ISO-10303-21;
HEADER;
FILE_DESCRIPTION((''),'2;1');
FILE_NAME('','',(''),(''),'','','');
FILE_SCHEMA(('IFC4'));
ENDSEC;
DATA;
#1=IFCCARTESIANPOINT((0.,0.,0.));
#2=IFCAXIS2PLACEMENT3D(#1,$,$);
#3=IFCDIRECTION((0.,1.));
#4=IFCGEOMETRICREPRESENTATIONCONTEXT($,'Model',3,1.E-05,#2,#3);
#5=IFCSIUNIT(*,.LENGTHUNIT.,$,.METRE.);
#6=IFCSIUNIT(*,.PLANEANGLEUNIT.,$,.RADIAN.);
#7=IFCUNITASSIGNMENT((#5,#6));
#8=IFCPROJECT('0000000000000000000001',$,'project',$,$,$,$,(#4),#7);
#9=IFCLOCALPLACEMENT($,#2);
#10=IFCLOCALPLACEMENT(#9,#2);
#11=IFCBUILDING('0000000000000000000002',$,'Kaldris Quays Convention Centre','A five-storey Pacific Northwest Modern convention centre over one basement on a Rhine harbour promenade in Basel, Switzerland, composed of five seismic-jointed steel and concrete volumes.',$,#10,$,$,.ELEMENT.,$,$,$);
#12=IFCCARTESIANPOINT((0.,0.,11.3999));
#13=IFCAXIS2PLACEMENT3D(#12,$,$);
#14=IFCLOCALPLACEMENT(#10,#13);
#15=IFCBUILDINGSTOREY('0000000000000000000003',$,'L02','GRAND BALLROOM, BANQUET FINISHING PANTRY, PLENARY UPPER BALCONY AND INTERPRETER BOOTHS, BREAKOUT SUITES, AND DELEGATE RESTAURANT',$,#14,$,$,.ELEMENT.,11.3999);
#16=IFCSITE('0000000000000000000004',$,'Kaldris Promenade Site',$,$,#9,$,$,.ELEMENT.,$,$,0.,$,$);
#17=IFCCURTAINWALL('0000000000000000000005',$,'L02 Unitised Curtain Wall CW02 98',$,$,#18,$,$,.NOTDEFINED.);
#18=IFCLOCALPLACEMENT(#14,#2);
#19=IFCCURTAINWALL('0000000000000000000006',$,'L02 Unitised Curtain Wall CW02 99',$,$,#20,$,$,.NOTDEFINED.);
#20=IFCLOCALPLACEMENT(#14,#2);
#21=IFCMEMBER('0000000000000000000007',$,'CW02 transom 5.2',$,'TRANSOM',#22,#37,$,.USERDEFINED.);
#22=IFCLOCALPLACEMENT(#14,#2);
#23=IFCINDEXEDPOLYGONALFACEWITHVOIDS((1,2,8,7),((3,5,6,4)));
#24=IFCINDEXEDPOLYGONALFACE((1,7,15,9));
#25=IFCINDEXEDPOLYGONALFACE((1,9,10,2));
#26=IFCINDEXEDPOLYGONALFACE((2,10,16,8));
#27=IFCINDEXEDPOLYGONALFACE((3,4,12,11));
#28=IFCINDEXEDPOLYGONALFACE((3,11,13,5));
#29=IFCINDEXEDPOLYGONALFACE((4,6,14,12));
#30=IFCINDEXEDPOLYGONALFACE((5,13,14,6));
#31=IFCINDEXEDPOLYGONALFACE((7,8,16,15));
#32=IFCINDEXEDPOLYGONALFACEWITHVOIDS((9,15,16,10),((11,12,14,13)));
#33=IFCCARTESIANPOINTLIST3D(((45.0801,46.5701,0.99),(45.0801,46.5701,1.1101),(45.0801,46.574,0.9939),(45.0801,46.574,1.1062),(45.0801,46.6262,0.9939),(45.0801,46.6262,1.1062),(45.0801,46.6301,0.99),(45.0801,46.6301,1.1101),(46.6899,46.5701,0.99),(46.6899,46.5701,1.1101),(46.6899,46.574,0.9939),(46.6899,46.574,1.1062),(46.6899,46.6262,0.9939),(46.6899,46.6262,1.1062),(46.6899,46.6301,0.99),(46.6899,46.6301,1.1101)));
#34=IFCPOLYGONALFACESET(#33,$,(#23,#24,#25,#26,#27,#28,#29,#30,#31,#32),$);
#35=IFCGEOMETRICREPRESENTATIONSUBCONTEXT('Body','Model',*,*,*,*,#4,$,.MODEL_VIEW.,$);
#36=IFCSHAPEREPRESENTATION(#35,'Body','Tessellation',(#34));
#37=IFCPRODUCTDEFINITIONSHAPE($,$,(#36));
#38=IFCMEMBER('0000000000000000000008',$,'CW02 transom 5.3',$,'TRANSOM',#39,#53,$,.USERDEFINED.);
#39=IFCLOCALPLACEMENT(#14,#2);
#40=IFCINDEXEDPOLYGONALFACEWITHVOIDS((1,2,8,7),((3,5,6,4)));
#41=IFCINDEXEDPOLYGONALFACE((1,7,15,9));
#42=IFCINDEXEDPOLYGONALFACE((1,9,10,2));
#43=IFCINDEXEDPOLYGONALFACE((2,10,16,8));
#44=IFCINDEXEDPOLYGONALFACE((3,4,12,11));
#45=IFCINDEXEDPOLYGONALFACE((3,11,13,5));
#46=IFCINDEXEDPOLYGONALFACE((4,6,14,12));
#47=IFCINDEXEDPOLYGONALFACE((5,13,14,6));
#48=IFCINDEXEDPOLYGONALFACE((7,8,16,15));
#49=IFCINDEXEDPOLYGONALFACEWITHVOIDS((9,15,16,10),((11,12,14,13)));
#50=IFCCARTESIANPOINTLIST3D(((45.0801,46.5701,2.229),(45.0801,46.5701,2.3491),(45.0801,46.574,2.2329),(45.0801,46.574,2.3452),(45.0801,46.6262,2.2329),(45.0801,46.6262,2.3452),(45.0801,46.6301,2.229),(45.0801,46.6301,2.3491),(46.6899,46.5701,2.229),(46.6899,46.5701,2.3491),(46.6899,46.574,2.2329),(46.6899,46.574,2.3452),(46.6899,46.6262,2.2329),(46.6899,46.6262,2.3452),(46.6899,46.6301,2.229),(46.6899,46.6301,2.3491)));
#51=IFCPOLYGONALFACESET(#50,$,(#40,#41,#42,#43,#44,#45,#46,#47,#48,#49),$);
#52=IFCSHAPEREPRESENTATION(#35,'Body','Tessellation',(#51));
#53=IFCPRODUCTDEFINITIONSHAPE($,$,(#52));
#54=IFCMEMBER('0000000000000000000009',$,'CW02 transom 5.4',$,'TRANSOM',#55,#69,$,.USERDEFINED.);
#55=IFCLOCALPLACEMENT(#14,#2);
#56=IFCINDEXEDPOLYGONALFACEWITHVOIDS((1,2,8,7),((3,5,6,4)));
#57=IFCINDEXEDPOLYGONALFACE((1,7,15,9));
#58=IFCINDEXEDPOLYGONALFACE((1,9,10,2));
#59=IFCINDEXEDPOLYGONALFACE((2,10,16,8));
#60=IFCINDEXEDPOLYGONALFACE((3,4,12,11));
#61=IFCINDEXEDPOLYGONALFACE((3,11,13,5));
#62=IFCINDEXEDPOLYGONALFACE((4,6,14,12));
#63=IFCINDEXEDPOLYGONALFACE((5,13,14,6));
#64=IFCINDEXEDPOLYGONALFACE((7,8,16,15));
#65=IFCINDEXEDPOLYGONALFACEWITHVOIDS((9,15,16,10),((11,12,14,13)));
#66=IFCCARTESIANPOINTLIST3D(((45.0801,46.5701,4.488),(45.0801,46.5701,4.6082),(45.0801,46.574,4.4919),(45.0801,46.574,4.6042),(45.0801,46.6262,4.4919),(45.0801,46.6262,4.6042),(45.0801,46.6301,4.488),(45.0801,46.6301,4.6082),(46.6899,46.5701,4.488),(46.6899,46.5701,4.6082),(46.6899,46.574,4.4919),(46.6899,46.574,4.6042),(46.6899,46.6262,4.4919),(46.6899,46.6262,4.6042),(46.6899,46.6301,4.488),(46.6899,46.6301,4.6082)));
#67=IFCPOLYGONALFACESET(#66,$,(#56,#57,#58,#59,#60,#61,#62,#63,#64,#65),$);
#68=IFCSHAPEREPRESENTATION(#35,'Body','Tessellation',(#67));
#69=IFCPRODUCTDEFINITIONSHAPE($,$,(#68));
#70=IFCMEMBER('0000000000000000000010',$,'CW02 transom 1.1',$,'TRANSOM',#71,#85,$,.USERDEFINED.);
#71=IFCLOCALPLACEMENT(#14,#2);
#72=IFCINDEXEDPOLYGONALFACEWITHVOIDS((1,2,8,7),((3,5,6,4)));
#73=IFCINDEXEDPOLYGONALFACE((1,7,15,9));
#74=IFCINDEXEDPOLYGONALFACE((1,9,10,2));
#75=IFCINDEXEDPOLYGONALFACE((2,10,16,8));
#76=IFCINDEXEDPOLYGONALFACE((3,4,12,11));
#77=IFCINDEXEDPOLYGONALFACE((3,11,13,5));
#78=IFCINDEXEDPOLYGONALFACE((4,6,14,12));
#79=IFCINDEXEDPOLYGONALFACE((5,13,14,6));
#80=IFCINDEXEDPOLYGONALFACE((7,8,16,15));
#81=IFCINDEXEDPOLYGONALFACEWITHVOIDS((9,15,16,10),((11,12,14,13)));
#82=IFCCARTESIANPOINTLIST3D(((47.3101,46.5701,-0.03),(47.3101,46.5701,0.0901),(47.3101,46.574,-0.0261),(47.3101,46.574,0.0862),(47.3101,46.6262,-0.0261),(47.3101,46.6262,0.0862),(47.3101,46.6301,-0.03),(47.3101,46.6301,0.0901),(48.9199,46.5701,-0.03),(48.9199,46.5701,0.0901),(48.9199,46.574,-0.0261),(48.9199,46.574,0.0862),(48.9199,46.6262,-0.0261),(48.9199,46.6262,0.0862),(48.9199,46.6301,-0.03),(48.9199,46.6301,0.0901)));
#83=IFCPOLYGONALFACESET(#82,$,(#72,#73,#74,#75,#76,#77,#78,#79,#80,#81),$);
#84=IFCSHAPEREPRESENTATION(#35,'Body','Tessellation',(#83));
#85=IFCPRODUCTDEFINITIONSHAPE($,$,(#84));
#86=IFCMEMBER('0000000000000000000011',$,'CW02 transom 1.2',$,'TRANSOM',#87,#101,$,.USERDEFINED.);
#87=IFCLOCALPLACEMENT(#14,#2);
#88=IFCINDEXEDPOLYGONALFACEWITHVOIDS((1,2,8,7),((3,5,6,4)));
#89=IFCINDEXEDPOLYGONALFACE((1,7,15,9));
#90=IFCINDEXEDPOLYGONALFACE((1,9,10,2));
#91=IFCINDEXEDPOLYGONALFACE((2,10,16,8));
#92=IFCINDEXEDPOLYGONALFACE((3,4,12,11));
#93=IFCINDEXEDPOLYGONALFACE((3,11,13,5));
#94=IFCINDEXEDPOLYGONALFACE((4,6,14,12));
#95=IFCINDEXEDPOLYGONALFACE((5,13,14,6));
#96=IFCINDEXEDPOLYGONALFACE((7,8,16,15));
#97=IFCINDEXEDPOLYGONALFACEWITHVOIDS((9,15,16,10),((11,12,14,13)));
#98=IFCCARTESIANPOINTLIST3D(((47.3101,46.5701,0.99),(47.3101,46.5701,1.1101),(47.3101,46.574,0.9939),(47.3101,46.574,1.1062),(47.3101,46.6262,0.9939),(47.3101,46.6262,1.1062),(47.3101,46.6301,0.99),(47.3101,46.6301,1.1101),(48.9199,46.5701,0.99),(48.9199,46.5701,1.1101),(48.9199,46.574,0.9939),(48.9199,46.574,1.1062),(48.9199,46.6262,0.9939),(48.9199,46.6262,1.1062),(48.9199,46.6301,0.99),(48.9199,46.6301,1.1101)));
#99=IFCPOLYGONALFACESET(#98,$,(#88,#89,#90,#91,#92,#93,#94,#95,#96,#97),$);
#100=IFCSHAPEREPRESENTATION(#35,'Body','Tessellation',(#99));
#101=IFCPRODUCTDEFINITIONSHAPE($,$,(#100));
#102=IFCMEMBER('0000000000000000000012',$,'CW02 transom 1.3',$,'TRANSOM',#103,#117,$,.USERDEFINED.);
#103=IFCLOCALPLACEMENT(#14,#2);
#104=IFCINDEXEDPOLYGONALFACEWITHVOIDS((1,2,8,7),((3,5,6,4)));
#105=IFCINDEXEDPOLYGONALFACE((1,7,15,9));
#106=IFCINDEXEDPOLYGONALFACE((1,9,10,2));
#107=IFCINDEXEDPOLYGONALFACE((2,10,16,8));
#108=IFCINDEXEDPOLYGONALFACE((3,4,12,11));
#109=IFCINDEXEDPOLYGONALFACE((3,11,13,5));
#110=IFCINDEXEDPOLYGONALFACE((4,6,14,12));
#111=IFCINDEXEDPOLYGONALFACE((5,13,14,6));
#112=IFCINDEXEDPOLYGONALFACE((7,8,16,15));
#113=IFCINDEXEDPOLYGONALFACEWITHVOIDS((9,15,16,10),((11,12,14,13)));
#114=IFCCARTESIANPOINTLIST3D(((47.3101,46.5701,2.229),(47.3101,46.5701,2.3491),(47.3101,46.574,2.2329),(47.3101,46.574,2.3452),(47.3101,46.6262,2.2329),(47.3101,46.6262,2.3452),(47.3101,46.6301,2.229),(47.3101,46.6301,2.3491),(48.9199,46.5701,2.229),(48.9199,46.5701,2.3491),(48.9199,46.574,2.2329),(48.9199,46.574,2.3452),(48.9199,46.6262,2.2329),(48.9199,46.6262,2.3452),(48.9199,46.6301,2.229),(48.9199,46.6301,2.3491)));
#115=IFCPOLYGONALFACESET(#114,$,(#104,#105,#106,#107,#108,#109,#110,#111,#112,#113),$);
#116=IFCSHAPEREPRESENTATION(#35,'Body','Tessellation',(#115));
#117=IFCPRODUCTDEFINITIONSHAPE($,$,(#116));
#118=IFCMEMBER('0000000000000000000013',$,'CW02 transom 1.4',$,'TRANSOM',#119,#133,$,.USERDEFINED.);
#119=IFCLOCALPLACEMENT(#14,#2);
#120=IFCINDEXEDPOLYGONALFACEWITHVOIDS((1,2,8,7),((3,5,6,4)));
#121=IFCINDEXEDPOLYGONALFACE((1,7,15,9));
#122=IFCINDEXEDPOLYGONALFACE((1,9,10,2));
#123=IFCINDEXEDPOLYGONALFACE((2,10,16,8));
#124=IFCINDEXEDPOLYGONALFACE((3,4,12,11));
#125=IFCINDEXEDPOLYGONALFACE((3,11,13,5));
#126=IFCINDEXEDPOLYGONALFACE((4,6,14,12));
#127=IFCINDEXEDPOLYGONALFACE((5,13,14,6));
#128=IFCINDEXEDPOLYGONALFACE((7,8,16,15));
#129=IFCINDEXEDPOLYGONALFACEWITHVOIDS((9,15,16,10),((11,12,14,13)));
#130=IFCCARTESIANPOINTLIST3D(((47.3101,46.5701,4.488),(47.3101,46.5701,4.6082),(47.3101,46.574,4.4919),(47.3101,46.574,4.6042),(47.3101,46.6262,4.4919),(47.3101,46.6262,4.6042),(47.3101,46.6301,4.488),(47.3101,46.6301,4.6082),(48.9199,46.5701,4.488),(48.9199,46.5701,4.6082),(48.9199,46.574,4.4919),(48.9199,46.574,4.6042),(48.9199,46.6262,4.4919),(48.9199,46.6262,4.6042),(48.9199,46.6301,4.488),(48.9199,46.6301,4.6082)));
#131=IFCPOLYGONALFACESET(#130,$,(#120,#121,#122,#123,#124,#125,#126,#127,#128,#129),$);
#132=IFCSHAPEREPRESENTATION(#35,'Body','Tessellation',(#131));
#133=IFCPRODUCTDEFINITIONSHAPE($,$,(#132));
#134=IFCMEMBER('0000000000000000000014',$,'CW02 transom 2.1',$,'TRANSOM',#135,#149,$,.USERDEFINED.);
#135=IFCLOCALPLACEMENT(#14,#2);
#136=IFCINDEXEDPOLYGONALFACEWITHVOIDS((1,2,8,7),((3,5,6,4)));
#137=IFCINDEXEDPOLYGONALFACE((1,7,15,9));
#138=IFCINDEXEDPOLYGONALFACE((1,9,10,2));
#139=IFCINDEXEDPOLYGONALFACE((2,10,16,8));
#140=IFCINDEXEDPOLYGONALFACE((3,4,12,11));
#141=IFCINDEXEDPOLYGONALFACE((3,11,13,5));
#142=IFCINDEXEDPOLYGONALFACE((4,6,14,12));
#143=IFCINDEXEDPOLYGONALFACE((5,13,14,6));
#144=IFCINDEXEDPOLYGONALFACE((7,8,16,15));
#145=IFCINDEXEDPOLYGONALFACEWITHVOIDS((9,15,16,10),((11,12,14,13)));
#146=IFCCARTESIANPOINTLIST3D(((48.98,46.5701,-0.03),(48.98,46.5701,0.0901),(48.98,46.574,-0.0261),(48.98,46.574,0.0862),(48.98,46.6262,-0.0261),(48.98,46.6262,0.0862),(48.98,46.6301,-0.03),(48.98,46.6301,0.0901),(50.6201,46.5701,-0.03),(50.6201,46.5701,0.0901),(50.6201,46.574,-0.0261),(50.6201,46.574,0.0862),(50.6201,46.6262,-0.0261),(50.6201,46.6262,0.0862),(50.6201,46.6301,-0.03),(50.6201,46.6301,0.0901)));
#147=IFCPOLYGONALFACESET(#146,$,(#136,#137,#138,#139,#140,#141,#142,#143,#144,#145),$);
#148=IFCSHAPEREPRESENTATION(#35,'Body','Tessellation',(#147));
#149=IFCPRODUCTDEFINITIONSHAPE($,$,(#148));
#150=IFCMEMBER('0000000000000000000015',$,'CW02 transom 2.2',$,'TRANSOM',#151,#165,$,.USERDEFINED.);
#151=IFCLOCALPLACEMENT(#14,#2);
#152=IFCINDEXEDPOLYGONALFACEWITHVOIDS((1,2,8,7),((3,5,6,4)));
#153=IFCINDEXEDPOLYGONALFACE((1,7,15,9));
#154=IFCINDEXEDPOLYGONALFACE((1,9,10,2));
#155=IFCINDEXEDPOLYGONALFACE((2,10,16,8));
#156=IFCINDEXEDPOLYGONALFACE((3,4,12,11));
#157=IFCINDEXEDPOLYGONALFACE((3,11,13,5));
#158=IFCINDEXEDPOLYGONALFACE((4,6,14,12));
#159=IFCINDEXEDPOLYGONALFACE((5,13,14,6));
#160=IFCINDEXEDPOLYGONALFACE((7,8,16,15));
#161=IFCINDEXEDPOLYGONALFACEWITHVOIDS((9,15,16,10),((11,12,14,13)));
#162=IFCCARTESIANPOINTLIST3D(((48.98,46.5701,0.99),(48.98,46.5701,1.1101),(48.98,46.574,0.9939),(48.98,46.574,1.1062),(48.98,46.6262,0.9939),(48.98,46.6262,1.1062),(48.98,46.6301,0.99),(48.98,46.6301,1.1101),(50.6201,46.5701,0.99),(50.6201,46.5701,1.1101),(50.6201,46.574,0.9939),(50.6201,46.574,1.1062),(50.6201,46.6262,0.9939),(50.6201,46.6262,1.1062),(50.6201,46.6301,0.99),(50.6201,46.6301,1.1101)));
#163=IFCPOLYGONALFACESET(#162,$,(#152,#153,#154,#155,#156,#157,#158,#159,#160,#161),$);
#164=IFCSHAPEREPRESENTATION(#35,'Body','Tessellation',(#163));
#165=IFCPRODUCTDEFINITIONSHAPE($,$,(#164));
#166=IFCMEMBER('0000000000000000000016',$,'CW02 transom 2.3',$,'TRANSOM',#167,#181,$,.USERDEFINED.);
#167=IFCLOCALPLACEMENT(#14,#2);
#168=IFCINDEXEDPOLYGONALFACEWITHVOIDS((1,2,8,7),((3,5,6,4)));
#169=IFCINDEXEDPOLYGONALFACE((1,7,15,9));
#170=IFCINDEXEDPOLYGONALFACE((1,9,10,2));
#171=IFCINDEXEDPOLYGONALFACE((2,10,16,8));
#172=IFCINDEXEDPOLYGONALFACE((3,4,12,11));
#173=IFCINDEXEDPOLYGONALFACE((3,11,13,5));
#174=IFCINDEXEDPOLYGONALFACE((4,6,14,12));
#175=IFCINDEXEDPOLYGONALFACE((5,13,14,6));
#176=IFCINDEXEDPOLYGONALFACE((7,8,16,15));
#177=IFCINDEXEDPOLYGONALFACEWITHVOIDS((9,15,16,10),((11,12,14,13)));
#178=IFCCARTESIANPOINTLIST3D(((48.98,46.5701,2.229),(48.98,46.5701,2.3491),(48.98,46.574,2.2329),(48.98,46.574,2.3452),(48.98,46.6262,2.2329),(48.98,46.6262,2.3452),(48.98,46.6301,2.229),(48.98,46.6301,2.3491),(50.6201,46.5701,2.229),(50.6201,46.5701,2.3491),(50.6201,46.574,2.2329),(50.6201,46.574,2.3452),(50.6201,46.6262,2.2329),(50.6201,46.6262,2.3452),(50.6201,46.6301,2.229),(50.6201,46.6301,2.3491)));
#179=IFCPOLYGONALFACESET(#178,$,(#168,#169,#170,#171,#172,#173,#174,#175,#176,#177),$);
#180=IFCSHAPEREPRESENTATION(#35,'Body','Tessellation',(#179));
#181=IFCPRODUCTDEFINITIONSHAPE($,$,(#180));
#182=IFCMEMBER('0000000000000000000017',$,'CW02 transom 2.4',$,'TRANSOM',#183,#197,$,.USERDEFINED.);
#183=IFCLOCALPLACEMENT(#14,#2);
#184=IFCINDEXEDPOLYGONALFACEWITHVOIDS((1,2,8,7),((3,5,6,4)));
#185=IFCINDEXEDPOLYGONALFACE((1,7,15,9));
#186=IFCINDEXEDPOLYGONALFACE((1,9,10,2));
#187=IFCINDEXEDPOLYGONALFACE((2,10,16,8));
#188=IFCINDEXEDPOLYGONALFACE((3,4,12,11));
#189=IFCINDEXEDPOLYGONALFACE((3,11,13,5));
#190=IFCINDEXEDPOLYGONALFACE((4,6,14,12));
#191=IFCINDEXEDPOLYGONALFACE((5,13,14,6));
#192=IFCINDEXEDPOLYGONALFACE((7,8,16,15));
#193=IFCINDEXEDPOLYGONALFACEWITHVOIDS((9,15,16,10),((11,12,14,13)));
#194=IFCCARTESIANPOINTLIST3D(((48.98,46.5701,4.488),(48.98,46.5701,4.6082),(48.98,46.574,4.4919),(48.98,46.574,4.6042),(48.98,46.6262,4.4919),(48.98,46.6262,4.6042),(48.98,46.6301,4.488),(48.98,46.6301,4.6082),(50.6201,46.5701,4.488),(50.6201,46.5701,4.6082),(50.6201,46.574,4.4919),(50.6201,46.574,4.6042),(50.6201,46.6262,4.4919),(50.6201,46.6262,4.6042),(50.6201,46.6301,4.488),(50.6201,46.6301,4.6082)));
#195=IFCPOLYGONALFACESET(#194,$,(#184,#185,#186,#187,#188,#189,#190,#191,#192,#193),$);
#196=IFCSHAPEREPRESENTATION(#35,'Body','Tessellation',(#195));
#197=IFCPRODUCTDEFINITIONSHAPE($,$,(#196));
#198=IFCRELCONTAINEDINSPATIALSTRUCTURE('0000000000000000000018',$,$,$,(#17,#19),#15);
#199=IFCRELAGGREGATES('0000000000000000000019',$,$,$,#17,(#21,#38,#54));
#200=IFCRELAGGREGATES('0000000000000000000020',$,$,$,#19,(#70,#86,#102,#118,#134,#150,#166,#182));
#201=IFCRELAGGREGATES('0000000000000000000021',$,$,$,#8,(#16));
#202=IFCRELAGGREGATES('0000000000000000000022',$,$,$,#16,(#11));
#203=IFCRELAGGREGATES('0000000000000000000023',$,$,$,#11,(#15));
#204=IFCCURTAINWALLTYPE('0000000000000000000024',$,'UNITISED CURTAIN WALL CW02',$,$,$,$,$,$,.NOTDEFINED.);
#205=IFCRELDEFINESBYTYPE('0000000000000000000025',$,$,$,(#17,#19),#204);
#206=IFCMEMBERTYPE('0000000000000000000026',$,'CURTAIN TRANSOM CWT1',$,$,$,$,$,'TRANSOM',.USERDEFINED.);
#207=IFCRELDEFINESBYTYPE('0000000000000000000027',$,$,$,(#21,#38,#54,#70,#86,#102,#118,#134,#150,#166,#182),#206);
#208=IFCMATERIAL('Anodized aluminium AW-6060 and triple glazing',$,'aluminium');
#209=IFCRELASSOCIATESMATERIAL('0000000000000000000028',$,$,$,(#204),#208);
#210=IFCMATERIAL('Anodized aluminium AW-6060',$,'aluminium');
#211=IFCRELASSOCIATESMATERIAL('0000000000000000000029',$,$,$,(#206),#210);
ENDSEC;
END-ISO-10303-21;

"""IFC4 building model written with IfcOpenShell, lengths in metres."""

from ifc_helpers import new_model, si_unit, direction, frame, origin, origin_2d, place, context, subcontext, project, spatial, hollow_rectangle, extrude, material, material_profile, profile_set, type_object, element, aggregate, save


model = new_model("IFC4")

# Units and contexts
model_context = context("Model", 3, precision=1e-05, world=origin(), true_north=direction((0.0, 1.0)))
body_context = subcontext(model_context, "Body", "Model", "MODEL_VIEW")
ifc_project = project(units=[si_unit("LENGTHUNIT", "METRE"), si_unit("PLANEANGLEUNIT", "RADIAN")], contexts=[model_context])

# Site, building, storey
site_placement = place(None, origin())
site = spatial("IfcSite", under=ifc_project, at=site_placement, Name="Kaldris Promenade Site", CompositionType="ELEMENT", RefElevation=0.0)
building_placement = place(site_placement, origin())
building = spatial("IfcBuilding", under=site, at=building_placement, Name="Kaldris Quays Convention Centre", Description="A five-storey Pacific Northwest Modern convention centre over one basement on a Rhine harbour promenade in Basel, Switzerland, composed of five seismic-jointed steel and concrete volumes.", CompositionType="ELEMENT")
storey_placement = place(building_placement, frame((0.0, 0.0, 11.3999)))
storey = spatial("IfcBuildingStorey", under=building, at=storey_placement, Name="L02", Description="GRAND BALLROOM, BANQUET FINISHING PANTRY, PLENARY UPPER BALCONY AND INTERPRETER BOOTHS, BREAKOUT SUITES, AND DELEGATE RESTAURANT", CompositionType="ELEMENT", Elevation=11.3999)

# Curtain wall
ifc_material_1 = material(Name="Anodized aluminium AW-6060 and triple glazing", Category="aluminium")
curtain_wall_type = type_object("IfcCurtainWallType", Name="UNITISED CURTAIN WALL CW02", PredefinedType="NOTDEFINED", material=ifc_material_1)
curtain_wall_1_placement = place(storey_placement, origin())
curtain_wall_1 = element("IfcCurtainWall", 1, at=curtain_wall_1_placement, inside=storey, type_object=curtain_wall_type, Name="L02 Unitised Curtain Wall CW02 98", PredefinedType="NOTDEFINED")
ifc_material_2 = material(Name="Anodized aluminium AW-6060", Category="aluminium")

# Curtain wall
curtain_wall_2_placement = place(storey_placement, origin())
curtain_wall_2 = element("IfcCurtainWall", 2, at=curtain_wall_2_placement, inside=storey, type_object=curtain_wall_type, Name="L02 Unitised Curtain Wall CW02 99", PredefinedType="NOTDEFINED")

# Members
ifc_material_profile_1 = material_profile(ifc_material_2, hollow_rectangle(XDim=0.0601, YDim=0.1201, WallThickness=0.0039, at=origin_2d()), Name="RHS 120x60x4")
ifc_profile_set_1 = profile_set([ifc_material_profile_1], Name="Anodized aluminium AW-6060")
member_type_1 = type_object("IfcMemberType", Name="CURTAIN TRANSOM CWT1", ElementType="TRANSOM", PredefinedType="USERDEFINED", material=ifc_profile_set_1)
member_1_placement = place(storey_placement, frame((45.0801, 46.6001, 1.05), z_axis=(1.0, 0.0, 0.0), x_axis=(0.0, 1.0, 0.0)))
member_1 = element("IfcMember", 3, at=member_1_placement, type_object=member_type_1, Name="CW02 transom 5.2", ObjectType="TRANSOM", PredefinedType="USERDEFINED", context=body_context, shape_type="SweptSolid", body=[
    extrude(hollow_rectangle(XDim=0.0601, YDim=0.1201, WallThickness=0.0039, at=origin_2d()), origin(), (0.0, 0.0, 1.0), 1.6099),
])
member_2_placement = place(storey_placement, frame((45.0801, 46.6001, 2.2891), z_axis=(1.0, 0.0, 0.0), x_axis=(0.0, 1.0, 0.0)))
member_2 = element("IfcMember", 4, at=member_2_placement, type_object=member_type_1, Name="CW02 transom 5.3", ObjectType="TRANSOM", PredefinedType="USERDEFINED", context=body_context, shape_type="SweptSolid", body=[
    extrude(hollow_rectangle(XDim=0.0601, YDim=0.1201, WallThickness=0.0039, at=origin_2d()), origin(), (0.0, 0.0, 1.0), 1.6099),
])
member_3_placement = place(storey_placement, frame((45.0801, 46.6001, 4.5481), z_axis=(1.0, 0.0, 0.0), x_axis=(0.0, 1.0, 0.0)))
member_3 = element("IfcMember", 5, at=member_3_placement, type_object=member_type_1, Name="CW02 transom 5.4", ObjectType="TRANSOM", PredefinedType="USERDEFINED", context=body_context, shape_type="SweptSolid", body=[
    extrude(hollow_rectangle(XDim=0.0601, YDim=0.1201, WallThickness=0.0039, at=origin_2d()), origin(), (0.0, 0.0, 1.0), 1.6099),
])
member_4_placement = place(storey_placement, frame((47.3101, 46.6001, 0.03), z_axis=(1.0, 0.0, 0.0), x_axis=(0.0, 1.0, 0.0)))
member_4 = element("IfcMember", 6, at=member_4_placement, type_object=member_type_1, Name="CW02 transom 1.1", ObjectType="TRANSOM", PredefinedType="USERDEFINED", context=body_context, shape_type="SweptSolid", body=[
    extrude(hollow_rectangle(XDim=0.0601, YDim=0.1201, WallThickness=0.0039, at=origin_2d()), origin(), (0.0, 0.0, 1.0), 1.6099),
])
member_5_placement = place(storey_placement, frame((47.3101, 46.6001, 1.05), z_axis=(1.0, 0.0, 0.0), x_axis=(0.0, 1.0, 0.0)))
member_5 = element("IfcMember", 7, at=member_5_placement, type_object=member_type_1, Name="CW02 transom 1.2", ObjectType="TRANSOM", PredefinedType="USERDEFINED", context=body_context, shape_type="SweptSolid", body=[
    extrude(hollow_rectangle(XDim=0.0601, YDim=0.1201, WallThickness=0.0039, at=origin_2d()), origin(), (0.0, 0.0, 1.0), 1.6099),
])
member_6_placement = place(storey_placement, frame((47.3101, 46.6001, 2.2891), z_axis=(1.0, 0.0, 0.0), x_axis=(0.0, 1.0, 0.0)))
member_6 = element("IfcMember", 8, at=member_6_placement, type_object=member_type_1, Name="CW02 transom 1.3", ObjectType="TRANSOM", PredefinedType="USERDEFINED", context=body_context, shape_type="SweptSolid", body=[
    extrude(hollow_rectangle(XDim=0.0601, YDim=0.1201, WallThickness=0.0039, at=origin_2d()), origin(), (0.0, 0.0, 1.0), 1.6099),
])
member_7_placement = place(storey_placement, frame((47.3101, 46.6001, 4.5481), z_axis=(1.0, 0.0, 0.0), x_axis=(0.0, 1.0, 0.0)))
member_7 = element("IfcMember", 9, at=member_7_placement, type_object=member_type_1, Name="CW02 transom 1.4", ObjectType="TRANSOM", PredefinedType="USERDEFINED", context=body_context, shape_type="SweptSolid", body=[
    extrude(hollow_rectangle(XDim=0.0601, YDim=0.1201, WallThickness=0.0039, at=origin_2d()), origin(), (0.0, 0.0, 1.0), 1.6099),
])
member_8_placement = place(storey_placement, frame((48.98, 46.6001, 0.03), z_axis=(1.0, 0.0, 0.0), x_axis=(0.0, 1.0, 0.0)))
member_8 = element("IfcMember", 10, at=member_8_placement, type_object=member_type_1, Name="CW02 transom 2.1", ObjectType="TRANSOM", PredefinedType="USERDEFINED", context=body_context, shape_type="SweptSolid", body=[
    extrude(hollow_rectangle(XDim=0.0601, YDim=0.1201, WallThickness=0.0039, at=origin_2d()), origin(), (0.0, 0.0, 1.0), 1.6401),
])
member_9_placement = place(storey_placement, frame((48.98, 46.6001, 1.05), z_axis=(1.0, 0.0, 0.0), x_axis=(0.0, 1.0, 0.0)))
member_9 = element("IfcMember", 11, at=member_9_placement, type_object=member_type_1, Name="CW02 transom 2.2", ObjectType="TRANSOM", PredefinedType="USERDEFINED", context=body_context, shape_type="SweptSolid", body=[
    extrude(hollow_rectangle(XDim=0.0601, YDim=0.1201, WallThickness=0.0039, at=origin_2d()), origin(), (0.0, 0.0, 1.0), 1.6401),
])
member_10_placement = place(storey_placement, frame((48.98, 46.6001, 2.2891), z_axis=(1.0, 0.0, 0.0), x_axis=(0.0, 1.0, 0.0)))
member_10 = element("IfcMember", 12, at=member_10_placement, type_object=member_type_1, Name="CW02 transom 2.3", ObjectType="TRANSOM", PredefinedType="USERDEFINED", context=body_context, shape_type="SweptSolid", body=[
    extrude(hollow_rectangle(XDim=0.0601, YDim=0.1201, WallThickness=0.0039, at=origin_2d()), origin(), (0.0, 0.0, 1.0), 1.6401),
])
member_11_placement = place(storey_placement, frame((48.98, 46.6001, 4.5481), z_axis=(1.0, 0.0, 0.0), x_axis=(0.0, 1.0, 0.0)))
member_11 = element("IfcMember", 13, at=member_11_placement, type_object=member_type_1, Name="CW02 transom 2.4", ObjectType="TRANSOM", PredefinedType="USERDEFINED", context=body_context, shape_type="SweptSolid", body=[
    extrude(hollow_rectangle(XDim=0.0601, YDim=0.1201, WallThickness=0.0039, at=origin_2d()), origin(), (0.0, 0.0, 1.0), 1.6401),
])

aggregate(curtain_wall_1, [member_1, member_2, member_3])
aggregate(curtain_wall_2, [member_4, member_5, member_6, member_7, member_8, member_9, member_10, member_11])

save(model, "model.ifc")
